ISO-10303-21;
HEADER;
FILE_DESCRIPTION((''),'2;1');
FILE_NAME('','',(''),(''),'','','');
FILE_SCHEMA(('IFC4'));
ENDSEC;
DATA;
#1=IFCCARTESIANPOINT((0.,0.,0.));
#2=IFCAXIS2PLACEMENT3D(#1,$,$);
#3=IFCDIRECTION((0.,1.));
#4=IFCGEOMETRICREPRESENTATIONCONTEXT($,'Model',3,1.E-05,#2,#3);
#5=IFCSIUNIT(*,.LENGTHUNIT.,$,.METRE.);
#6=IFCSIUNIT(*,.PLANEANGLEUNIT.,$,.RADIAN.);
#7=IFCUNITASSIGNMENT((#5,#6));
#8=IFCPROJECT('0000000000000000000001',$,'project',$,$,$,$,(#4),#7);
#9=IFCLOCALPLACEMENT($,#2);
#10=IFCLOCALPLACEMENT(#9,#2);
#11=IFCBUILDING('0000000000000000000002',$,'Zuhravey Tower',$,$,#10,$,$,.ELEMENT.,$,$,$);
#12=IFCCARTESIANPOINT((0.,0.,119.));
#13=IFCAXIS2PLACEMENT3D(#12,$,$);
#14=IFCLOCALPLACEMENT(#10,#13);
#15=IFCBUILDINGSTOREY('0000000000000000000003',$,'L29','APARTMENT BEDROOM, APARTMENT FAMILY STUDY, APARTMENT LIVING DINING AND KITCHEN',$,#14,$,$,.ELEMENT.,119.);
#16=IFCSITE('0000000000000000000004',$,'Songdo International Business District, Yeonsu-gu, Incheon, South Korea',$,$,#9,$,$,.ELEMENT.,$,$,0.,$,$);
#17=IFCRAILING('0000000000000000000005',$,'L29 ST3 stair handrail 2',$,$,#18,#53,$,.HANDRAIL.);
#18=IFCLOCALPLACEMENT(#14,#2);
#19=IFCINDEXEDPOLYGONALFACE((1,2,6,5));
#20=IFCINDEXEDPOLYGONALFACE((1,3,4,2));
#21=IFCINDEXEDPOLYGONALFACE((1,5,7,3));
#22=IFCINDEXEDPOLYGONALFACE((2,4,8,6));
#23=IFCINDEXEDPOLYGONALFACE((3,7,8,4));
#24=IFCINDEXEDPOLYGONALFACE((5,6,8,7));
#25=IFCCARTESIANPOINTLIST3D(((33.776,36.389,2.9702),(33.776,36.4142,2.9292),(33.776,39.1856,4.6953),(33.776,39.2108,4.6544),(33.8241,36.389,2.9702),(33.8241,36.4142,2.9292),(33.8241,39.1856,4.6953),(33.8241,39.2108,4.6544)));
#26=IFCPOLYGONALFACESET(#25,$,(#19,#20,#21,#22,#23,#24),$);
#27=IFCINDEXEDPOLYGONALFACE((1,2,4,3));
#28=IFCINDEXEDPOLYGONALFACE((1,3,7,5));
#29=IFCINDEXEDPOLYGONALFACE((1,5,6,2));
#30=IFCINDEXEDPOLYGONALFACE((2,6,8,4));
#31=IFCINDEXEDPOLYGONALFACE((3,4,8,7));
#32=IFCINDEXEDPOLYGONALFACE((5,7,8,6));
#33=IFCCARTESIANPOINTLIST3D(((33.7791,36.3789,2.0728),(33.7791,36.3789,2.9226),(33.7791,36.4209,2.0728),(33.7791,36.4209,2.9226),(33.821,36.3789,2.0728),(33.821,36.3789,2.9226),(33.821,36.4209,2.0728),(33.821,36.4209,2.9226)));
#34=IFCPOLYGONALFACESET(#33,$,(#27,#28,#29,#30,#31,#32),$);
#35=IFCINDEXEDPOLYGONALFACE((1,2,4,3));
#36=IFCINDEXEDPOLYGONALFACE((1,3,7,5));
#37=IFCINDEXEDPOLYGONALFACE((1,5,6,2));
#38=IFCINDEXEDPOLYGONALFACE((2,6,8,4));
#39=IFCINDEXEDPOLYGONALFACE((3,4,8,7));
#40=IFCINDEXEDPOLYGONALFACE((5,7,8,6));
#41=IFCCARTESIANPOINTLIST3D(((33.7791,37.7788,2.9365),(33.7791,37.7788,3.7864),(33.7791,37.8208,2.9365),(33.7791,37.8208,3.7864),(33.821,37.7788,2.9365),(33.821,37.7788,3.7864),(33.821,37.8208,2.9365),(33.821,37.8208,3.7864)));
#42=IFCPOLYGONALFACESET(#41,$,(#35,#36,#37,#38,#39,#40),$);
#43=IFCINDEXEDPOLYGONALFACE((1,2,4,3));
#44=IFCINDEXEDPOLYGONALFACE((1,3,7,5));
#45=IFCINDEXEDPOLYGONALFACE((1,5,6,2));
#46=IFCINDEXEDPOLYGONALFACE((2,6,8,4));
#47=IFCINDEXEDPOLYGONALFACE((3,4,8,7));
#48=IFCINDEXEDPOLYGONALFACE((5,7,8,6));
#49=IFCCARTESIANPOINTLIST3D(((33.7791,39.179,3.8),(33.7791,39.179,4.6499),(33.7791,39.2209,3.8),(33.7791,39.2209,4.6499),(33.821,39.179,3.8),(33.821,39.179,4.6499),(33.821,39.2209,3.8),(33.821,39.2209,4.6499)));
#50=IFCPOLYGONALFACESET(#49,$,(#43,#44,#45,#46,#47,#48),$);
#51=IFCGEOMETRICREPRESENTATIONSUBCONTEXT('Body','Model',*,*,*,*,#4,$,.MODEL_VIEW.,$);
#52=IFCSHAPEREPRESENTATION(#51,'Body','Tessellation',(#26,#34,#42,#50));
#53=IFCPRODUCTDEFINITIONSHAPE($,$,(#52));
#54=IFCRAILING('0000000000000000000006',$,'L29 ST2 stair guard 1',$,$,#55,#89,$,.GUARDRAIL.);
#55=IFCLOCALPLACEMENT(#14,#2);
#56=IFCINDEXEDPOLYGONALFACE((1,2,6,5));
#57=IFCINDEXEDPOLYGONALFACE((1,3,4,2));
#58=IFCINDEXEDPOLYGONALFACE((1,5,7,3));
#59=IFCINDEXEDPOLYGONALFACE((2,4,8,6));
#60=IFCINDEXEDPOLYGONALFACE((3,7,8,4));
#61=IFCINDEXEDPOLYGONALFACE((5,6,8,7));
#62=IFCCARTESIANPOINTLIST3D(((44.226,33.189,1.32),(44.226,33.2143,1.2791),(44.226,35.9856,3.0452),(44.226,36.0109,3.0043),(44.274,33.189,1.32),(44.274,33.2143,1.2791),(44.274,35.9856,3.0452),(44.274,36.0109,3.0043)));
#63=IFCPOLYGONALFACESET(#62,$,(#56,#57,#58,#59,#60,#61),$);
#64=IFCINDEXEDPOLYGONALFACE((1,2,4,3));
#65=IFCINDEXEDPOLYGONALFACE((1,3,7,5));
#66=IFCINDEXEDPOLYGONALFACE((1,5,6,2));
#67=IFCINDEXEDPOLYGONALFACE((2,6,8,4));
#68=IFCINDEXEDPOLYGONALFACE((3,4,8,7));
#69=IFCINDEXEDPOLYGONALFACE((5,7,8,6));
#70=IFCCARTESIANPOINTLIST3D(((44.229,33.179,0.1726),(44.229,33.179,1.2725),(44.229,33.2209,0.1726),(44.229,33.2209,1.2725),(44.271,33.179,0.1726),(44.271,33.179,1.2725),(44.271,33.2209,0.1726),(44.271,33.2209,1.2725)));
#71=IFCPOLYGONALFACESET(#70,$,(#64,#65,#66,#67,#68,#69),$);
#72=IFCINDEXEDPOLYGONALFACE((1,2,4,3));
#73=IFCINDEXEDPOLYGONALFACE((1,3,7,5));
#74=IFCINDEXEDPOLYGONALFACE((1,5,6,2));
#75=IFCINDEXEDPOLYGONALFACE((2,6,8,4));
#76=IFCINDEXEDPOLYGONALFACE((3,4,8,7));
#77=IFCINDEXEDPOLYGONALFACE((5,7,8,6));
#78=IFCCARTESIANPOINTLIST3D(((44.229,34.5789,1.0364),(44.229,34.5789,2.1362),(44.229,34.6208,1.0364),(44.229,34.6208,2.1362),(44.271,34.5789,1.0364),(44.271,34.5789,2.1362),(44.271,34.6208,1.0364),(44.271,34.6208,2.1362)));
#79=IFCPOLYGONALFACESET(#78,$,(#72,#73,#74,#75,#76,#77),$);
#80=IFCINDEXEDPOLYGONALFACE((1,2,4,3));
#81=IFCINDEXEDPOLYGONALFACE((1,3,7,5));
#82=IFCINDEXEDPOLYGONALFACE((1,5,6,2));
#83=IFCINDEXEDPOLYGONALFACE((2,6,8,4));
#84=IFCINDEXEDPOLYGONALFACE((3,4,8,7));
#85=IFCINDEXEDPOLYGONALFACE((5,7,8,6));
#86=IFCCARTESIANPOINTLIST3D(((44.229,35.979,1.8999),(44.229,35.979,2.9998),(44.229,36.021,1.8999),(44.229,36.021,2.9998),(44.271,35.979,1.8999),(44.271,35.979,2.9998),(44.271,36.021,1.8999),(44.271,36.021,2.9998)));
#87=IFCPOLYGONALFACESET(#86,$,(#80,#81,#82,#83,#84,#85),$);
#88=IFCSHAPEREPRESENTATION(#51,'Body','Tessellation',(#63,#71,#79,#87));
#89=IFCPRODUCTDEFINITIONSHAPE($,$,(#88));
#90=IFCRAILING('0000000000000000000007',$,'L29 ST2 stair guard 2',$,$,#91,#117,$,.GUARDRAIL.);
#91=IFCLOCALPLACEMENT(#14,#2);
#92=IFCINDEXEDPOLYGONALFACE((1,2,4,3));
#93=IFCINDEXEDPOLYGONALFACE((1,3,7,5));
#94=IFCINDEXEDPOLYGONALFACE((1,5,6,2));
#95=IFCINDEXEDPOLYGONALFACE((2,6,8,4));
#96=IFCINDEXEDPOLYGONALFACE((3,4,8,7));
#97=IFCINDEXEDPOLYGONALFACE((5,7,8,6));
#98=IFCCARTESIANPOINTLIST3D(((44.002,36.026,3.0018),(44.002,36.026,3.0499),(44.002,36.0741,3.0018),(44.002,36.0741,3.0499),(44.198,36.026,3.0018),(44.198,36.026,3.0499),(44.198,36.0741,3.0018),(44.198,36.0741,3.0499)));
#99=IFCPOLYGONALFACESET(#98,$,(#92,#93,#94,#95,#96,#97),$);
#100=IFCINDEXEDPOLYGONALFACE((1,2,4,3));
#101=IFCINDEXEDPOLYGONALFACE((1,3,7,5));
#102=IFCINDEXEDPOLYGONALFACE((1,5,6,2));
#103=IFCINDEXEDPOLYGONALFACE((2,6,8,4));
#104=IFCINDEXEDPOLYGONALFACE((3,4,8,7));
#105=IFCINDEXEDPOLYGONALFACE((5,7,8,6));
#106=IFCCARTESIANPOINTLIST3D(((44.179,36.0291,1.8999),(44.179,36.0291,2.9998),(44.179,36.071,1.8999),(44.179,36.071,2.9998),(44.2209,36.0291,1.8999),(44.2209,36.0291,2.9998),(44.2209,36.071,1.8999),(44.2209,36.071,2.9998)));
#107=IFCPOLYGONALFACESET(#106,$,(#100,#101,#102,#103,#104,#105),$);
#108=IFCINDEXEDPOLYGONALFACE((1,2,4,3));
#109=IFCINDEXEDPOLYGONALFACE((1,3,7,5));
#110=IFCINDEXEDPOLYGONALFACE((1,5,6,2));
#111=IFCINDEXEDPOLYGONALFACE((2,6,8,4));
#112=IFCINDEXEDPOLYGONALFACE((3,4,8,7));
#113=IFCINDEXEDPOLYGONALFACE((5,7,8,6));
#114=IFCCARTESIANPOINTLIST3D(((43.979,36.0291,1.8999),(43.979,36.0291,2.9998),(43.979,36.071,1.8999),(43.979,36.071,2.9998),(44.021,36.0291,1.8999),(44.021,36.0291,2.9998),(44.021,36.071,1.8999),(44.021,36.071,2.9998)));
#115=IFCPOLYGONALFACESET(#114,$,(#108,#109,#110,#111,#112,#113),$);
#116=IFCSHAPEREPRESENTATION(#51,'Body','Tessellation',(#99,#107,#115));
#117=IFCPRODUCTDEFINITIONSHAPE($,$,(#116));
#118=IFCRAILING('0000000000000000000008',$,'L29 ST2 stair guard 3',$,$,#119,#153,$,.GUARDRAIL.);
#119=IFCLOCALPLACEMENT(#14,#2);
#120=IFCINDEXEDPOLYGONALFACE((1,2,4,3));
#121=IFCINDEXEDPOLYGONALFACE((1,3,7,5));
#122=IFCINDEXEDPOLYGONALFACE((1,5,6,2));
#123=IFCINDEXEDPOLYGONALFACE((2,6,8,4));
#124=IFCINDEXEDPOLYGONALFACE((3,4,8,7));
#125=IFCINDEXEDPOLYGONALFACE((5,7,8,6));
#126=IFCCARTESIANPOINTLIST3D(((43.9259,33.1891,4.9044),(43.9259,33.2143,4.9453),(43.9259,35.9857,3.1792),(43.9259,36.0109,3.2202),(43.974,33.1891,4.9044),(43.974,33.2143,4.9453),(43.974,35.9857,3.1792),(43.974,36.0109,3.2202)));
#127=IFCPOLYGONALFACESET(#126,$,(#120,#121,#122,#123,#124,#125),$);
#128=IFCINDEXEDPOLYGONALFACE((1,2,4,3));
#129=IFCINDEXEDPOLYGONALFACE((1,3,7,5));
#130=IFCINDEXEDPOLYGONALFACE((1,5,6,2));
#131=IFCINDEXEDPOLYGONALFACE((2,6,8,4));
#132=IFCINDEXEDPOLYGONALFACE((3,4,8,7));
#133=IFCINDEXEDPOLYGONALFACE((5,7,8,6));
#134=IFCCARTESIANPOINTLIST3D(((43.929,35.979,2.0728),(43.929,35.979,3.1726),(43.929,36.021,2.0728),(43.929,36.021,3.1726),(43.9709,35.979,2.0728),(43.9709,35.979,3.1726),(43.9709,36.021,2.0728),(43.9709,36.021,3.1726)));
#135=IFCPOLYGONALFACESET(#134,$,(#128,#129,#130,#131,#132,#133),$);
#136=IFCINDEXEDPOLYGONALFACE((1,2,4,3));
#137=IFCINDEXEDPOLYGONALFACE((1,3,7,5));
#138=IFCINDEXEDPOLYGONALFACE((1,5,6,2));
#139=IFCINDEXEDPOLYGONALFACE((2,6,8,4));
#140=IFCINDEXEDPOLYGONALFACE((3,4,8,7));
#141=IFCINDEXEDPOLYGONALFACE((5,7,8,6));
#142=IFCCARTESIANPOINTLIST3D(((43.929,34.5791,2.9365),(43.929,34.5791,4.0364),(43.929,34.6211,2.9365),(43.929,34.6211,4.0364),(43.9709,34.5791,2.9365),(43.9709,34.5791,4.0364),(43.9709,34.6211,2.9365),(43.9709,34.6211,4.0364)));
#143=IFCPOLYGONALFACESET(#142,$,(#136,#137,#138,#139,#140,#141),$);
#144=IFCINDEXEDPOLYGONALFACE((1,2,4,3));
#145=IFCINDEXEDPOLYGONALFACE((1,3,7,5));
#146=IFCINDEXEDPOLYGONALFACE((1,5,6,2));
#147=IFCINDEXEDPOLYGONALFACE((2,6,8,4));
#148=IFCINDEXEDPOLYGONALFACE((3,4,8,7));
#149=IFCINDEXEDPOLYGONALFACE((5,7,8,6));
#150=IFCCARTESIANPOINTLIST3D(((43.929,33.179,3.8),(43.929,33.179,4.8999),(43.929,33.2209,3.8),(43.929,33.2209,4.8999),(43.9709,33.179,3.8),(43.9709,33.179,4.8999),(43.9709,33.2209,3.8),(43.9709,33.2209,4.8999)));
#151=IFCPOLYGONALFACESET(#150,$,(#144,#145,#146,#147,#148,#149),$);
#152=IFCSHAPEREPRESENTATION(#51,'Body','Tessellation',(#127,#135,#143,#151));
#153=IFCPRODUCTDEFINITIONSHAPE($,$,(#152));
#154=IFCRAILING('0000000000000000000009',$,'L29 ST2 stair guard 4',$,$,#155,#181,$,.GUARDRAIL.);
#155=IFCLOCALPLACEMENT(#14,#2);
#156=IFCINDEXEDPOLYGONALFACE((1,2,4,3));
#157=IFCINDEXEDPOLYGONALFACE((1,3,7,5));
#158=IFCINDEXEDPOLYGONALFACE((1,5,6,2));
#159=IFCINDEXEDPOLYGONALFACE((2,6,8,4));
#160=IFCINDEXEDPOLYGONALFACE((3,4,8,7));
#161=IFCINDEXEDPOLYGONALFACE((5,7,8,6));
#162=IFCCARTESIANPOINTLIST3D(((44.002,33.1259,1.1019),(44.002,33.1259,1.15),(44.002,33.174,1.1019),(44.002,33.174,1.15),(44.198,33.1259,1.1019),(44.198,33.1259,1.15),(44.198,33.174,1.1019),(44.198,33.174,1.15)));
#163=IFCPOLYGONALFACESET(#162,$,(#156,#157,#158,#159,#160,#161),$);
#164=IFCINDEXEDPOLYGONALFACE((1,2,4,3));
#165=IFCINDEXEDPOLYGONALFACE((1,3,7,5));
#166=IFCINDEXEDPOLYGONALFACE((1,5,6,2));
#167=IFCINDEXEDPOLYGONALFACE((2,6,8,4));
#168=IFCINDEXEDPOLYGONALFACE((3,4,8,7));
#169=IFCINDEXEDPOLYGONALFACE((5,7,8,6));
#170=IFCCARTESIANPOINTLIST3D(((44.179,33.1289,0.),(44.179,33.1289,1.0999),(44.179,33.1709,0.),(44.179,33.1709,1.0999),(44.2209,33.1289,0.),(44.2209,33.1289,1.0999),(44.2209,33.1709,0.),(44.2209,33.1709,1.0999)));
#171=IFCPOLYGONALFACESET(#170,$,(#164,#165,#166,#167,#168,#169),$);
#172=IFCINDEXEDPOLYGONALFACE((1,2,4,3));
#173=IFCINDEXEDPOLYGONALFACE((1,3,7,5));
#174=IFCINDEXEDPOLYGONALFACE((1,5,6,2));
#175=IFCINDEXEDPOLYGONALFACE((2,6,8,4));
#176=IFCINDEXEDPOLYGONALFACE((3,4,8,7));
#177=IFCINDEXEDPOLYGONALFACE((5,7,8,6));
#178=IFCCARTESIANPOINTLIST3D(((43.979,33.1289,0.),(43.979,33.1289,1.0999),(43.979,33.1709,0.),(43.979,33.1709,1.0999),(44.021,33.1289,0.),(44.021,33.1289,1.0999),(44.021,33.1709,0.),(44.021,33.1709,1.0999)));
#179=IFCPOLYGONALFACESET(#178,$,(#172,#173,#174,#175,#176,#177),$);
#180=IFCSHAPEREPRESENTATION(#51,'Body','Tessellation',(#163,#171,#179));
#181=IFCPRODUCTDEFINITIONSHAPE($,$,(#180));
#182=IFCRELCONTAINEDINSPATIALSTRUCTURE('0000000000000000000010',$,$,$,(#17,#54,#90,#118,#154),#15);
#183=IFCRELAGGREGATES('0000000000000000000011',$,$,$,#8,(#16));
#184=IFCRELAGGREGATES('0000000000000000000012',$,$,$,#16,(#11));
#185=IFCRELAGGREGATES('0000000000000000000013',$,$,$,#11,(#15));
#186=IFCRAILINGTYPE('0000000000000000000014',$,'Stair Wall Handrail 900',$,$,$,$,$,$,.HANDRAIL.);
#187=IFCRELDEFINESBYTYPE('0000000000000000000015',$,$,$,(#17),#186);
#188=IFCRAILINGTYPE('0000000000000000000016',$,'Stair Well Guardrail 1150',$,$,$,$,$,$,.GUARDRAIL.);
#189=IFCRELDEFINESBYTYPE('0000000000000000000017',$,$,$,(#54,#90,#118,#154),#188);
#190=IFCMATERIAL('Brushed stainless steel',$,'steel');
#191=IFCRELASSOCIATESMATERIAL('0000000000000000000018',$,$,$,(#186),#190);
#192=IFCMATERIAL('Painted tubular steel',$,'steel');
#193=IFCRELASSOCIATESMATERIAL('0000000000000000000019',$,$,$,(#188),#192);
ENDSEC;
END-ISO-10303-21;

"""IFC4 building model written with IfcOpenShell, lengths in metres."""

from ifc_helpers import new_model, si_unit, direction, frame, origin, origin_2d, place, context, subcontext, project, spatial, rectangle, extrude, material, type_object, element, save


model = new_model("IFC4")

# Units and contexts
model_context = context("Model", 3, precision=1e-05, world=origin(), true_north=direction((0.0, 1.0)))
body_context = subcontext(model_context, "Body", "Model", "MODEL_VIEW")
ifc_project = project(units=[si_unit("LENGTHUNIT", "METRE"), si_unit("PLANEANGLEUNIT", "RADIAN")], contexts=[model_context])

# Site, building, storey
site_placement = place(None, origin())
site = spatial("IfcSite", under=ifc_project, at=site_placement, Name="Songdo International Business District, Yeonsu-gu, Incheon, South Korea", CompositionType="ELEMENT", RefElevation=0.0)
building_placement = place(site_placement, origin())
building = spatial("IfcBuilding", under=site, at=building_placement, Name="Zuhravey Tower", CompositionType="ELEMENT")
storey_placement = place(building_placement, frame((0.0, 0.0, 119.0)))
storey = spatial("IfcBuildingStorey", under=building, at=storey_placement, Name="L29", Description="APARTMENT BEDROOM, APARTMENT FAMILY STUDY, APARTMENT LIVING DINING AND KITCHEN", CompositionType="ELEMENT", Elevation=119.0)

# Railings
ifc_material_1 = material(Name="Brushed stainless steel", Category="steel")
railing_type_1 = type_object("IfcRailingType", Name="Stair Wall Handrail 900", PredefinedType="HANDRAIL", material=ifc_material_1)
railing_1_placement = place(storey_placement, frame((33.8, 36.3999, 2.0728)))
element("IfcRailing", 1, at=railing_1_placement, inside=storey, type_object=railing_type_1, Name="L29 ST3 stair handrail 2", PredefinedType="HANDRAIL", context=body_context, shape_type="SweptSolid", body=[
    extrude(rectangle(XDim=0.0481, YDim=0.0481, at=origin_2d()), frame((0.0, 0.0017, 0.877), z_axis=(0.0, 0.85109, 0.52502), x_axis=(-1.0, 0.0, 0.0)), (0.0, 0.0, 1.0), 3.2859),
    extrude(rectangle(XDim=0.042, YDim=0.042, at=origin_2d()), origin(), (0.0, 0.0, 1.0), 0.8499),
    extrude(rectangle(XDim=0.042, YDim=0.042, at=origin_2d()), frame((0.0, 1.3999, 0.8638)), (0.0, 0.0, 1.0), 0.8499),
    extrude(rectangle(XDim=0.042, YDim=0.042, at=origin_2d()), frame((0.0, 2.8, 1.7273)), (0.0, 0.0, 1.0), 0.8499),
])
ifc_material_2 = material(Name="Painted tubular steel", Category="steel")
railing_type_2 = type_object("IfcRailingType", Name="Stair Well Guardrail 1150", PredefinedType="GUARDRAIL", material=ifc_material_2)
railing_2_placement = place(storey_placement, frame((44.25, 33.2, 0.1726)))
element("IfcRailing", 2, at=railing_2_placement, inside=storey, type_object=railing_type_2, Name="L29 ST2 stair guard 1", PredefinedType="GUARDRAIL", context=body_context, shape_type="SweptSolid", body=[
    extrude(rectangle(XDim=0.0481, YDim=0.0481, at=origin_2d()), frame((0.0, 0.0017, 1.127), z_axis=(0.0, 0.85109, 0.52502), x_axis=(-1.0, 0.0, 0.0)), (0.0, 0.0, 1.0), 3.2859),
    extrude(rectangle(XDim=0.042, YDim=0.042, at=origin_2d()), origin(), (0.0, 0.0, 1.0), 1.0999),
    extrude(rectangle(XDim=0.042, YDim=0.042, at=origin_2d()), frame((0.0, 1.3999, 0.8638)), (0.0, 0.0, 1.0), 1.0999),
    extrude(rectangle(XDim=0.042, YDim=0.042, at=origin_2d()), frame((0.0, 2.8, 1.7273)), (0.0, 0.0, 1.0), 1.0999),
])
railing_3_placement = place(storey_placement, frame((44.2, 36.05, 1.8999)))
element("IfcRailing", 3, at=railing_3_placement, inside=storey, type_object=railing_type_2, Name="L29 ST2 stair guard 2", PredefinedType="GUARDRAIL", context=body_context, shape_type="SweptSolid", body=[
    extrude(rectangle(XDim=0.0481, YDim=0.0481, at=origin_2d()), frame((-0.002, 0.0, 1.126), z_axis=(-1.0, 0.0, 0.0), x_axis=(0.0, -1.0, 0.0)), (0.0, 0.0, 1.0), 0.196),
    extrude(rectangle(XDim=0.042, YDim=0.042, at=origin_2d()), origin(), (0.0, 0.0, 1.0), 1.0999),
    extrude(rectangle(XDim=0.042, YDim=0.042, at=origin_2d()), frame((-0.2, 0.0, 0.0)), (0.0, 0.0, 1.0), 1.0999),
])
railing_4_placement = place(storey_placement, frame((43.95, 36.0, 2.0728)))
element("IfcRailing", 4, at=railing_4_placement, inside=storey, type_object=railing_type_2, Name="L29 ST2 stair guard 3", PredefinedType="GUARDRAIL", context=body_context, shape_type="SweptSolid", body=[
    extrude(rectangle(XDim=0.0481, YDim=0.0481, at=origin_2d()), frame((0.0, -0.0017, 1.127), z_axis=(0.0, -0.85109, 0.52502), x_axis=(1.0, 0.0, 0.0)), (0.0, 0.0, 1.0), 3.2859),
    extrude(rectangle(XDim=0.042, YDim=0.042, at=origin_2d()), origin(), (0.0, 0.0, 1.0), 1.0999),
    extrude(rectangle(XDim=0.042, YDim=0.042, at=origin_2d()), frame((0.0, -1.3999, 0.8638)), (0.0, 0.0, 1.0), 1.0999),
    extrude(rectangle(XDim=0.042, YDim=0.042, at=origin_2d()), frame((0.0, -2.8, 1.7273)), (0.0, 0.0, 1.0), 1.0999),
])
railing_5_placement = place(storey_placement, frame((44.2, 33.1499, 0.0)))
element("IfcRailing", 5, at=railing_5_placement, inside=storey, type_object=railing_type_2, Name="L29 ST2 stair guard 4", PredefinedType="GUARDRAIL", context=body_context, shape_type="SweptSolid", body=[
    extrude(rectangle(XDim=0.0481, YDim=0.0481, at=origin_2d()), frame((-0.002, 0.0, 1.126), z_axis=(-1.0, 0.0, 0.0), x_axis=(0.0, -1.0, 0.0)), (0.0, 0.0, 1.0), 0.196),
    extrude(rectangle(XDim=0.042, YDim=0.042, at=origin_2d()), origin(), (0.0, 0.0, 1.0), 1.0999),
    extrude(rectangle(XDim=0.042, YDim=0.042, at=origin_2d()), frame((-0.2, 0.0, 0.0)), (0.0, 0.0, 1.0), 1.0999),
])

save(model, "model.ifc")
